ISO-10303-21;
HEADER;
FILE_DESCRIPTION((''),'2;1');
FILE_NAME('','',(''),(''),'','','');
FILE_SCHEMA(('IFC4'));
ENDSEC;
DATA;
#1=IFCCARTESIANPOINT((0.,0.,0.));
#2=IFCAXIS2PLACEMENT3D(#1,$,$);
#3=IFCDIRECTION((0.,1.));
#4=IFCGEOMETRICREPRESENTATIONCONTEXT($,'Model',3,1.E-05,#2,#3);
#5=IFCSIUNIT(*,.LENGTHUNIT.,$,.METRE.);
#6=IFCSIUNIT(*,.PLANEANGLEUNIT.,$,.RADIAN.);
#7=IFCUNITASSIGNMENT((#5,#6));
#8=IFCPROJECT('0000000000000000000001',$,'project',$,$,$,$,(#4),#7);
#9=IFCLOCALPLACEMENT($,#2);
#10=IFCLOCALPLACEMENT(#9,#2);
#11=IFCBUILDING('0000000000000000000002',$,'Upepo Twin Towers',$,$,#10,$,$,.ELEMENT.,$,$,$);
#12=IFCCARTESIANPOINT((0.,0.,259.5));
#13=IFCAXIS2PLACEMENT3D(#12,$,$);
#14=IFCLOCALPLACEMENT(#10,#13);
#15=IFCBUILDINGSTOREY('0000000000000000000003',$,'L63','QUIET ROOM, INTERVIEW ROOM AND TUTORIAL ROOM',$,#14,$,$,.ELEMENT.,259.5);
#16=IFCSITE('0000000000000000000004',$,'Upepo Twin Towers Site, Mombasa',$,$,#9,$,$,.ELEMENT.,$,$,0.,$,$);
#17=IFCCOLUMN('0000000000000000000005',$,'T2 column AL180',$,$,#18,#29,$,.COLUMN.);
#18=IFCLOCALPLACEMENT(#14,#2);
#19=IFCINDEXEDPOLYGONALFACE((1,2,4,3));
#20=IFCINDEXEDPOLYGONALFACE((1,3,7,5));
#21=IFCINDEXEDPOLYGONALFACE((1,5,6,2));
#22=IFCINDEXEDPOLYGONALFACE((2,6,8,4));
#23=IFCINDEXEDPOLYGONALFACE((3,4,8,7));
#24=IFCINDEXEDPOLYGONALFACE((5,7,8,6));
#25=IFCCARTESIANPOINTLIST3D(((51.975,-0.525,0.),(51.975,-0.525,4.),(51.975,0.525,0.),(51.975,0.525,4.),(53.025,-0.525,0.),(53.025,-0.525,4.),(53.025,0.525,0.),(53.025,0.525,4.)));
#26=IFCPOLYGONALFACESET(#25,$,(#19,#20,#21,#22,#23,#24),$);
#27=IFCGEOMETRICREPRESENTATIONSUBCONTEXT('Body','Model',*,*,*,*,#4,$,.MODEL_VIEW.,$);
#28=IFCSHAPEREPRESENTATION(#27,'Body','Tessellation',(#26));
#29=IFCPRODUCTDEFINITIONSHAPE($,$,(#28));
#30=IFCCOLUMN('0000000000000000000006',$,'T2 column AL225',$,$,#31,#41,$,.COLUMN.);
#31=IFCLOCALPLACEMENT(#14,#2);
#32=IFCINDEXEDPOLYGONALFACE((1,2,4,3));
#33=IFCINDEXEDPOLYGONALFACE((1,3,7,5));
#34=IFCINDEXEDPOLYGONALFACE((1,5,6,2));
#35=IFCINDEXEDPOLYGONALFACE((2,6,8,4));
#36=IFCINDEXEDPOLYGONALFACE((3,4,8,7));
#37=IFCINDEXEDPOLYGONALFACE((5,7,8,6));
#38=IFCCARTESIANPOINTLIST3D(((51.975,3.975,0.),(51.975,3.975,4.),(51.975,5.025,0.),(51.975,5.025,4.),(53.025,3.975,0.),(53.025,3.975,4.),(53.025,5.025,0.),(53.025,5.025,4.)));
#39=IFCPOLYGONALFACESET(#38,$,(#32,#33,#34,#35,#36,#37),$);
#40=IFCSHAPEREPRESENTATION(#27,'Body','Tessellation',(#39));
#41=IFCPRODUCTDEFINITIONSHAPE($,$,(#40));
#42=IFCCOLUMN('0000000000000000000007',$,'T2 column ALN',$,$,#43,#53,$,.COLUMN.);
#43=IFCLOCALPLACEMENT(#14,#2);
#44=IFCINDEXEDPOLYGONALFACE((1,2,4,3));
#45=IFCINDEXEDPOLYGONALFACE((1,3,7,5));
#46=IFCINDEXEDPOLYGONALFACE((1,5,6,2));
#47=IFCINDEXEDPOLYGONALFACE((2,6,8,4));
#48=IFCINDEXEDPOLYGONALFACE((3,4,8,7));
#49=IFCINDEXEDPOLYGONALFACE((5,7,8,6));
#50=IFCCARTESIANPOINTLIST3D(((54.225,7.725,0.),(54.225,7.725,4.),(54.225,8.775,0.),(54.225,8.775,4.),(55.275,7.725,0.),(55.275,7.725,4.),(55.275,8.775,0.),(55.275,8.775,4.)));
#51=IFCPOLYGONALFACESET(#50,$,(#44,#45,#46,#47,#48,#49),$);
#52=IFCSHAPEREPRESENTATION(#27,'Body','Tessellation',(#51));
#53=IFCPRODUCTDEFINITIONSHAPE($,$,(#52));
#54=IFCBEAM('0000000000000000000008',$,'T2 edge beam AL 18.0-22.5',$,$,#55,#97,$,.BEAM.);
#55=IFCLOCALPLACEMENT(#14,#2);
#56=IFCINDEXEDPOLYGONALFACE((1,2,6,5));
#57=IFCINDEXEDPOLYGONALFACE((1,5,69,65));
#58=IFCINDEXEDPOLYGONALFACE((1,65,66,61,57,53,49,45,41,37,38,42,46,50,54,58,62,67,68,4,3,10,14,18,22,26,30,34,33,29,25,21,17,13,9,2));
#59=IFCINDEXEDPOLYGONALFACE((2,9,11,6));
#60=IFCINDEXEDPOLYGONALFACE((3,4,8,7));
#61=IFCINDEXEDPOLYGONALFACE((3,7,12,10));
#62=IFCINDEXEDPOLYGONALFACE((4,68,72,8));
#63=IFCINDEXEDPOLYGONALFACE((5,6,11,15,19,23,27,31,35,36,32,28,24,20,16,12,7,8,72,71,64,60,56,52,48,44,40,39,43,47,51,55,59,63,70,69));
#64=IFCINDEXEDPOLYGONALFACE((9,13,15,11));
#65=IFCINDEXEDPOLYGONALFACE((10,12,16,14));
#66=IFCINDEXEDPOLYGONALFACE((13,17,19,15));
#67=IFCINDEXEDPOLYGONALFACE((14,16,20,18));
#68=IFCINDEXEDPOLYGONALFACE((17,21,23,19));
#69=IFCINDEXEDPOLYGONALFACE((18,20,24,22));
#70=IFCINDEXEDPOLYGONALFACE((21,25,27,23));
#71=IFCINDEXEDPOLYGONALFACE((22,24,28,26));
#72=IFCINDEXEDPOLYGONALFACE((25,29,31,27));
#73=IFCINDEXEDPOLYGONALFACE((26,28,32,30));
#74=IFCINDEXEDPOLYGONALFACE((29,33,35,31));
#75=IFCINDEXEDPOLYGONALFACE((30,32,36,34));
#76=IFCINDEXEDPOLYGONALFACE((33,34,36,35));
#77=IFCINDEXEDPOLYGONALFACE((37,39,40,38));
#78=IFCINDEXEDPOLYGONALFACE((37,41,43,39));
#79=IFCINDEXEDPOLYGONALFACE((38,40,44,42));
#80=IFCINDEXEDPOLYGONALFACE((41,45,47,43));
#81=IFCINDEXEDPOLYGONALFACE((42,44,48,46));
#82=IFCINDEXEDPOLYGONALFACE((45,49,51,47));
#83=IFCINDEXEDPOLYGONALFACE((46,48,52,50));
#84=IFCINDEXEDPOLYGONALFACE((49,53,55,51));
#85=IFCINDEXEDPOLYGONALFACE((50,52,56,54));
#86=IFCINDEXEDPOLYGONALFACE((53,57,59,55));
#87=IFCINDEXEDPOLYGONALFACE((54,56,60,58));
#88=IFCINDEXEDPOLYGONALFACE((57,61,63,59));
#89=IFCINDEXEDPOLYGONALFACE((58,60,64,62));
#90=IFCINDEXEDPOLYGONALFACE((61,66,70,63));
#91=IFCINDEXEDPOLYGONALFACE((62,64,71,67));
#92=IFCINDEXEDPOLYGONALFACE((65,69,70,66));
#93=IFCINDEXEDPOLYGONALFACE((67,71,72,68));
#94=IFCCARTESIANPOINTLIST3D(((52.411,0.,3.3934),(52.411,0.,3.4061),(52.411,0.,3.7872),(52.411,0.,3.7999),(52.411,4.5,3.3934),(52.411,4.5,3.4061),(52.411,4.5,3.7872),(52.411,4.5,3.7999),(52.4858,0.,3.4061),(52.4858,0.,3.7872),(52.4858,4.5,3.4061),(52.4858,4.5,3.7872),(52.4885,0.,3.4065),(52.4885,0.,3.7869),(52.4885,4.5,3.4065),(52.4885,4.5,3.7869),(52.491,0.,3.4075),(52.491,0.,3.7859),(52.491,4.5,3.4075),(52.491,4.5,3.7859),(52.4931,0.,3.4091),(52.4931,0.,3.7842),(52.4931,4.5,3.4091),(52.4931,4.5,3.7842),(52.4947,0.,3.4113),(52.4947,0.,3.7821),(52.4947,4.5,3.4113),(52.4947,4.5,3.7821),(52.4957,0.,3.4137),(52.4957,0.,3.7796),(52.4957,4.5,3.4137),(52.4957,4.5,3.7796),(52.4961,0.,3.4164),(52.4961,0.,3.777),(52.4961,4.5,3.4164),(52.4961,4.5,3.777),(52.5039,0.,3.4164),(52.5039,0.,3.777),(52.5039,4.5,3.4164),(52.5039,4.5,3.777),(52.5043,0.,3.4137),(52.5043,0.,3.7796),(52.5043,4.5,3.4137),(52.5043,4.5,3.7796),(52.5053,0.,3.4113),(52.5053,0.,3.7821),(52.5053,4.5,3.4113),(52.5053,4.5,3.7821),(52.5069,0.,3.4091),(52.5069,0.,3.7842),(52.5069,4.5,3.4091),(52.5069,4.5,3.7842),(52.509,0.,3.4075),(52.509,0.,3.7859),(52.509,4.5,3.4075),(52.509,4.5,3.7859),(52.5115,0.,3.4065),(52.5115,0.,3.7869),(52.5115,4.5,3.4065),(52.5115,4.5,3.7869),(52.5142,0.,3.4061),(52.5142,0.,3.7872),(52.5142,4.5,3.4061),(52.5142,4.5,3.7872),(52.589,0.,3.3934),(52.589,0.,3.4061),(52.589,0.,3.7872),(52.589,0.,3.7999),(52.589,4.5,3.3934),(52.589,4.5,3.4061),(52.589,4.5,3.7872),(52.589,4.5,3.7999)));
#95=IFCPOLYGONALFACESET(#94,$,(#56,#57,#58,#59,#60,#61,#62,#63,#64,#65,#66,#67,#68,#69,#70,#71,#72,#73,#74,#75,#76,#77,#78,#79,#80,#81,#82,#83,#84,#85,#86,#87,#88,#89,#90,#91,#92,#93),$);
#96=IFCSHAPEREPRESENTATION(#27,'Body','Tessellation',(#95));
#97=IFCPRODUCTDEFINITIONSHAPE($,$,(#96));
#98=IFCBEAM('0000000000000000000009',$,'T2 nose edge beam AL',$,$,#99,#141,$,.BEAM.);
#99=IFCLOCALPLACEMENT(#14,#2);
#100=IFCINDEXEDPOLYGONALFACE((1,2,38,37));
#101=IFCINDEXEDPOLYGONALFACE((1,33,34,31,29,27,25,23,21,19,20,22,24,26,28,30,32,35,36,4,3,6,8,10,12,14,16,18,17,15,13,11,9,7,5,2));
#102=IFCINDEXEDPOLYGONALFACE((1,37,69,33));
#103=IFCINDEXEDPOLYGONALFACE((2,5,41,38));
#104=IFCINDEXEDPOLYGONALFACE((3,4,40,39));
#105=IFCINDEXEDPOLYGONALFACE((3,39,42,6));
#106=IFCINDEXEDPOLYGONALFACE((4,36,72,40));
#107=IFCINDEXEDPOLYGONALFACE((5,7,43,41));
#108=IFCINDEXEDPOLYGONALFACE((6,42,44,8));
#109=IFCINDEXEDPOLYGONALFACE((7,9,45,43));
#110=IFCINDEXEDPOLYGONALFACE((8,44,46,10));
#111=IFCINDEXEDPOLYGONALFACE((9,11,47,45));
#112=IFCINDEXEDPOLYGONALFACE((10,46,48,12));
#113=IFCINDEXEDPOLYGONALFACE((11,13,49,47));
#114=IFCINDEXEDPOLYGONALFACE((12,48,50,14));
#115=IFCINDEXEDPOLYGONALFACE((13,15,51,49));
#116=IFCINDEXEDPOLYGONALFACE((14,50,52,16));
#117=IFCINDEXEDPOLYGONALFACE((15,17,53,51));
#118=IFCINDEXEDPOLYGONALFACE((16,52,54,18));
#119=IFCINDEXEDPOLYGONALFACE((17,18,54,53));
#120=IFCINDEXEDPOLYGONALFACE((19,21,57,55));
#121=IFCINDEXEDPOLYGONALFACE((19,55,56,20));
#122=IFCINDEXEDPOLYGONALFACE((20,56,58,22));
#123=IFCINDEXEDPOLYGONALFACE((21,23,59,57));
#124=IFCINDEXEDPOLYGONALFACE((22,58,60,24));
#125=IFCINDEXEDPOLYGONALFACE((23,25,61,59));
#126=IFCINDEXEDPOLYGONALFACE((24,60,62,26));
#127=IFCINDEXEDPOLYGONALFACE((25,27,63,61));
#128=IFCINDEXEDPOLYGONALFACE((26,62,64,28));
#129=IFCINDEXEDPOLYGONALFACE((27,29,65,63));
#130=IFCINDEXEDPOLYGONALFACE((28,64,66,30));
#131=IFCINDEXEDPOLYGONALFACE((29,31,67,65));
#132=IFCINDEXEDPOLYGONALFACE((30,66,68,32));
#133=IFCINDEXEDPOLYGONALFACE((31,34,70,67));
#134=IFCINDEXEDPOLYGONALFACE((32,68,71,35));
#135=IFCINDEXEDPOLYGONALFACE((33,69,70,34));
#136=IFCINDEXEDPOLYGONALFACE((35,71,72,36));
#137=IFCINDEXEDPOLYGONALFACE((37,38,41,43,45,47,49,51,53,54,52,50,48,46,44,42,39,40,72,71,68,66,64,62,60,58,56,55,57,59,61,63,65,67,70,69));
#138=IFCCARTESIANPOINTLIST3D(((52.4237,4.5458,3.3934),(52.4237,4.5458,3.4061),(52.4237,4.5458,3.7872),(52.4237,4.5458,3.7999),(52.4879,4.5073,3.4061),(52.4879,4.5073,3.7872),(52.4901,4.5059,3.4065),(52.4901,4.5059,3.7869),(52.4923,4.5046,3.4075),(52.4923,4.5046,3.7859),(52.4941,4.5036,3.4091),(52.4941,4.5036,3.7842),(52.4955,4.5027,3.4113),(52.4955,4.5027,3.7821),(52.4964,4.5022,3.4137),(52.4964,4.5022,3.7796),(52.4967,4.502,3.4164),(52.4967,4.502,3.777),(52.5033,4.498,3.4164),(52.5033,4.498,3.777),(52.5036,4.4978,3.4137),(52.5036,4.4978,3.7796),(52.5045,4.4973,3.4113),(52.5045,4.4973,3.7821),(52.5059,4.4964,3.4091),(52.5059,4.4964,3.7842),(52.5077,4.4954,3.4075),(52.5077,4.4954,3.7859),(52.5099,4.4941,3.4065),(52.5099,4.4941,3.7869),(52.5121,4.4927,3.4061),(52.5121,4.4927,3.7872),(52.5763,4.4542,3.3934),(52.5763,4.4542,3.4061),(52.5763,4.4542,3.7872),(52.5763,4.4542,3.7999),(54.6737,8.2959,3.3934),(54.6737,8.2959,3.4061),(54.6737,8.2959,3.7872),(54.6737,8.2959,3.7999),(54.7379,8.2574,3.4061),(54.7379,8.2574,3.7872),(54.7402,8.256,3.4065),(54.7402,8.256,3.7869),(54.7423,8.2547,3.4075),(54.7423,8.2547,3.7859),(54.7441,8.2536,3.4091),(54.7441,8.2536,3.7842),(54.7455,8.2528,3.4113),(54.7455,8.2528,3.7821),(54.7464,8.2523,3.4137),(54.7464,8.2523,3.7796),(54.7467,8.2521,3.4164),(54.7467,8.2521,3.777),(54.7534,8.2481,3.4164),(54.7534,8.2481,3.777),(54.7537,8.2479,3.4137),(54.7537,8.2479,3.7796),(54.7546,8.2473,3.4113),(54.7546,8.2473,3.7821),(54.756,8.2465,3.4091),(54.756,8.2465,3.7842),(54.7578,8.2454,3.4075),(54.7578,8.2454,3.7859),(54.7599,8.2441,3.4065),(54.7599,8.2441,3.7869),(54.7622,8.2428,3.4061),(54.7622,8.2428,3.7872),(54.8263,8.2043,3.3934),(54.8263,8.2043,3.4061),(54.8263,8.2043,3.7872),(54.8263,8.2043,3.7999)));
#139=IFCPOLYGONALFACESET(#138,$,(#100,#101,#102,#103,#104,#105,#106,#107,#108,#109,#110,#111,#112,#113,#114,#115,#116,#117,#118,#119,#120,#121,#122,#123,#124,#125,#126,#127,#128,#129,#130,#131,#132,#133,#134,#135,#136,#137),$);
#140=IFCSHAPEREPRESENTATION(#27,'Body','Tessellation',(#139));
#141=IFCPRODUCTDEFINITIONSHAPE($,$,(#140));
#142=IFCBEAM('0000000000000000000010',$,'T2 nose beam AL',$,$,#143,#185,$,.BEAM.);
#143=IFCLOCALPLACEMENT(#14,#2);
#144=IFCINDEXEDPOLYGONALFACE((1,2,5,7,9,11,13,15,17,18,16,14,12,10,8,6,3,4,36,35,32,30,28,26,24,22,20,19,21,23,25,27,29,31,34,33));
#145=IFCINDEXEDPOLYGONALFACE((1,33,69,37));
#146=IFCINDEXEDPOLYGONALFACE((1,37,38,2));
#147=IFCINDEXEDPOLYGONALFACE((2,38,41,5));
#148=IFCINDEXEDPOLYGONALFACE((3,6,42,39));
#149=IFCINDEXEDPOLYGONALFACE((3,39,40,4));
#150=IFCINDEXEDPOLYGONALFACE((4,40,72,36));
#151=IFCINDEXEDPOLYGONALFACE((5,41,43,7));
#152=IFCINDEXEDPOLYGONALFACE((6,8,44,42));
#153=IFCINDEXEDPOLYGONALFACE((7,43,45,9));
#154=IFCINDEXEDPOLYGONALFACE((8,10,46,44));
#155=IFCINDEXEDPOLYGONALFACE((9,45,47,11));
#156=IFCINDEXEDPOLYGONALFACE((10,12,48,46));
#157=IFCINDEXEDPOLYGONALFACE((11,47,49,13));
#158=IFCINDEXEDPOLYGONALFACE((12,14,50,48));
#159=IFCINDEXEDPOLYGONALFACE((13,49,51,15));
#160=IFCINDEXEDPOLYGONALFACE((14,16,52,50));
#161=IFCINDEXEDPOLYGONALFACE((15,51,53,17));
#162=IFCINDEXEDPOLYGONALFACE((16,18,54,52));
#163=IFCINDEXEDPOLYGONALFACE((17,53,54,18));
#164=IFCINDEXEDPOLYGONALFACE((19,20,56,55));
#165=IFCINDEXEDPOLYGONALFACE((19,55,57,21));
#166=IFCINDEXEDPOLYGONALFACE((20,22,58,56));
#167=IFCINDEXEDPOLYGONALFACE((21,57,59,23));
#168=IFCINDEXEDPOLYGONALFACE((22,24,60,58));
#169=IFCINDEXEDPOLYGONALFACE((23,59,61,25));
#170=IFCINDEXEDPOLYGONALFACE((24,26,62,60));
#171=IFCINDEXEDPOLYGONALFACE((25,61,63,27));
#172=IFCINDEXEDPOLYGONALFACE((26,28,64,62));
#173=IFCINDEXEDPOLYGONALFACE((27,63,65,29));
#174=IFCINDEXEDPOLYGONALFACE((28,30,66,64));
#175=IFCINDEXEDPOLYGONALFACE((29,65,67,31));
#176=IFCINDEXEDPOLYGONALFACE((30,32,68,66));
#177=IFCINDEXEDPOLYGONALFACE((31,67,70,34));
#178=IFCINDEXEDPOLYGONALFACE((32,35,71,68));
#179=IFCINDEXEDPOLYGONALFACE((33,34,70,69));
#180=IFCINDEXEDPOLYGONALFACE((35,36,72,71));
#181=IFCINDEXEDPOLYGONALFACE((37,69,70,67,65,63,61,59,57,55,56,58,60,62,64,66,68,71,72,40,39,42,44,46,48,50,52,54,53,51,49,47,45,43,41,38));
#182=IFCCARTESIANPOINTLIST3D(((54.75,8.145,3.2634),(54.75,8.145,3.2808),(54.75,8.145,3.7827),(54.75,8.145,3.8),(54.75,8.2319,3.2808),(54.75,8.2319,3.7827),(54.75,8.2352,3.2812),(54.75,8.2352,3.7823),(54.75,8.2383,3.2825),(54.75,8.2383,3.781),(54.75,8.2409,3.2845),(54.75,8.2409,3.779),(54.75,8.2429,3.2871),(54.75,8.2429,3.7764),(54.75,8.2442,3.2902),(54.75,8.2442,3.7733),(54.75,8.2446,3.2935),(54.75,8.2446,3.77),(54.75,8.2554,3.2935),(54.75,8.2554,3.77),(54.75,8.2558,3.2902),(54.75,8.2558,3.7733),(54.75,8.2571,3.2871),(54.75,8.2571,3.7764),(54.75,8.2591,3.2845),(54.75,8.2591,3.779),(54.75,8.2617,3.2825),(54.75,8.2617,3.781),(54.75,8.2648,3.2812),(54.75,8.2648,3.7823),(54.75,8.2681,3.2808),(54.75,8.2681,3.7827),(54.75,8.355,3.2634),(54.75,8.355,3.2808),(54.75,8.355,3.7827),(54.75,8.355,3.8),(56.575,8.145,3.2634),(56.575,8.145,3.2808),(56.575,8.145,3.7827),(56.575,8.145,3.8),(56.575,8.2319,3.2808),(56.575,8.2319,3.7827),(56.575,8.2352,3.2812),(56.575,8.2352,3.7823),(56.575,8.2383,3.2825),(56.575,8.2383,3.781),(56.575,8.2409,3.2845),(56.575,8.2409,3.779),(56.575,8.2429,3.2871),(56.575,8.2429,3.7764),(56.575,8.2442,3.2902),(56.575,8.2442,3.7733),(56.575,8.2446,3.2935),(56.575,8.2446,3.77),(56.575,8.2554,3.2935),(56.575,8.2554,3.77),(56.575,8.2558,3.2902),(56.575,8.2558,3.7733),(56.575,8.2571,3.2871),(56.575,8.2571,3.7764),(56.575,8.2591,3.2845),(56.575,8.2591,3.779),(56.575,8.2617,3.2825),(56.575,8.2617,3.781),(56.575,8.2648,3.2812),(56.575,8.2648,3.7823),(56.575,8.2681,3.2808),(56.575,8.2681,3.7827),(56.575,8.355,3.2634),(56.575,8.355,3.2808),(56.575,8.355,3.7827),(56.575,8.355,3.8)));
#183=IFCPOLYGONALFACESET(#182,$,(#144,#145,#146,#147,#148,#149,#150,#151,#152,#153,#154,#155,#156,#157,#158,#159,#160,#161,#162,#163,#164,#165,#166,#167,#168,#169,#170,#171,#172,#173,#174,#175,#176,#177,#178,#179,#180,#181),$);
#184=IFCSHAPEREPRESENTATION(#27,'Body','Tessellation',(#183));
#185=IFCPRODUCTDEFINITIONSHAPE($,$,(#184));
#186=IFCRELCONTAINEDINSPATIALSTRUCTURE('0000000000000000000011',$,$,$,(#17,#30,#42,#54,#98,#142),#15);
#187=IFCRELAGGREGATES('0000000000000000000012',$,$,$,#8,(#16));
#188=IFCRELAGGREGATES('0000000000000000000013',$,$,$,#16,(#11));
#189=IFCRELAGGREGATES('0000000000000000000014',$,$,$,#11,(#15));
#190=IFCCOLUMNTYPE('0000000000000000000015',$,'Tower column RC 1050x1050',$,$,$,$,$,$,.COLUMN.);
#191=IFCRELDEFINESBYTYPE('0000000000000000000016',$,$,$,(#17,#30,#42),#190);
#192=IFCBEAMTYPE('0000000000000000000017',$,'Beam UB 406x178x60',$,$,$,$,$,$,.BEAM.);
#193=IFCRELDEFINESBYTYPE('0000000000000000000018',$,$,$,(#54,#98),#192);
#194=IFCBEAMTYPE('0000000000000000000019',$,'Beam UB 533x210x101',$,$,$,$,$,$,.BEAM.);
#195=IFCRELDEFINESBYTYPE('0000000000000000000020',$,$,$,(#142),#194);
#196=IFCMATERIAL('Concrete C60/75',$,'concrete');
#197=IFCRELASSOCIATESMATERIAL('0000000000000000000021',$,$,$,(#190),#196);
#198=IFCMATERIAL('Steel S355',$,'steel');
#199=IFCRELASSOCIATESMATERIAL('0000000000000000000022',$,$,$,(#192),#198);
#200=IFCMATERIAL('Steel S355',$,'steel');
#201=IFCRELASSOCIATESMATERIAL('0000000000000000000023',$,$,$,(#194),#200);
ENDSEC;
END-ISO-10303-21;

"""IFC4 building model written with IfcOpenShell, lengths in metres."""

from ifc_helpers import new_model, si_unit, direction, frame, origin, origin_2d, place, context, subcontext, project, spatial, rectangle, i_section, extrude, material, material_profile, profile_set, type_object, element, save


model = new_model("IFC4")

# Units and contexts
model_context = context("Model", 3, precision=1e-05, world=origin(), true_north=direction((0.0, 1.0)))
body_context = subcontext(model_context, "Body", "Model", "MODEL_VIEW")
ifc_project = project(units=[si_unit("LENGTHUNIT", "METRE"), si_unit("PLANEANGLEUNIT", "RADIAN")], contexts=[model_context])

# Site, building, storey
site_placement = place(None, origin())
site = spatial("IfcSite", under=ifc_project, at=site_placement, Name="Upepo Twin Towers Site, Mombasa", CompositionType="ELEMENT", RefElevation=0.0)
building_placement = place(site_placement, origin())
building = spatial("IfcBuilding", under=site, at=building_placement, Name="Upepo Twin Towers", CompositionType="ELEMENT")
storey_placement = place(building_placement, frame((0.0, 0.0, 259.5)))
storey = spatial("IfcBuildingStorey", under=building, at=storey_placement, Name="L63", Description="QUIET ROOM, INTERVIEW ROOM AND TUTORIAL ROOM", CompositionType="ELEMENT", Elevation=259.5)

# Columns
ifc_material_1 = material(Name="Concrete C60/75", Category="concrete")
ifc_material_profile_1 = material_profile(ifc_material_1, rectangle(XDim=1.05, YDim=1.05, at=origin_2d()), Name="RC 1050x1050")
ifc_profile_set_1 = profile_set([ifc_material_profile_1], Name="Concrete C60/75")
column_type = type_object("IfcColumnType", Name="Tower column RC 1050x1050", PredefinedType="COLUMN", material=ifc_profile_set_1)
for number, where, z_axis, x_axis, name in (
    (1, (52.5, 0.0, 0.0), (0.0, 0.0, 1.0), (1.0, 0.0, 0.0), "T2 column AL180"),
    (2, (52.5, 4.5, 0.0), (0.0, 0.0, 1.0), (1.0, 0.0, 0.0), "T2 column AL225"),
    (3, (54.75, 8.25, 0.0), (0.0, 0.0, 1.0), (1.0, 0.0, 0.0), "T2 column ALN"),
):
    element("IfcColumn", number, at=place(storey_placement, frame(where, z_axis=z_axis, x_axis=x_axis)), inside=storey, type_object=column_type, Name=name, PredefinedType="COLUMN", context=body_context, shape_type="SweptSolid", body=[
        extrude(rectangle(XDim=1.05, YDim=1.05, at=origin_2d()), origin(), (0.0, 0.0, 1.0), 4.0),
    ])

# Beams
ifc_material_2 = material(Name="Steel S355", Category="steel")
ifc_material_profile_2 = material_profile(ifc_material_2, i_section(OverallWidth=0.178, OverallDepth=0.4065, WebThickness=0.0078, FlangeThickness=0.0127, FilletRadius=0.0103, at=origin_2d()), Name="UB 406x178x60")
ifc_profile_set_2 = profile_set([ifc_material_profile_2], Name="Steel S355")
beam_type_1 = type_object("IfcBeamType", Name="Beam UB 406x178x60", PredefinedType="BEAM", material=ifc_profile_set_2)
beam_1_placement = place(storey_placement, frame((52.5, 0.0, 3.5967), z_axis=(0.0, 1.0, 0.0), x_axis=(-1.0, 0.0, 0.0)))
element("IfcBeam", 4, at=beam_1_placement, inside=storey, type_object=beam_type_1, Name="T2 edge beam AL 18.0-22.5", PredefinedType="BEAM", context=body_context, shape_type="SweptSolid", body=[
    extrude(i_section(OverallWidth=0.178, OverallDepth=0.4065, WebThickness=0.0078, FlangeThickness=0.0127, FilletRadius=0.0103, at=origin_2d()), origin(), (0.0, 0.0, 1.0), 4.5),
])
beam_2_placement = place(storey_placement, frame((52.5, 4.5, 3.5967), z_axis=(0.514496, 0.857493, 0.0), x_axis=(-0.857493, 0.514496, 0.0)))
element("IfcBeam", 5, at=beam_2_placement, inside=storey, type_object=beam_type_1, Name="T2 nose edge beam AL", PredefinedType="BEAM", context=body_context, shape_type="SweptSolid", body=[
    extrude(i_section(OverallWidth=0.178, OverallDepth=0.4065, WebThickness=0.0078, FlangeThickness=0.0127, FilletRadius=0.0103, at=origin_2d()), origin(), (0.0, 0.0, 1.0), 4.3733),
])
ifc_material_3 = material(Name="Steel S355", Category="steel")
ifc_material_profile_3 = material_profile(ifc_material_3, i_section(OverallWidth=0.21, OverallDepth=0.5366, WebThickness=0.0107, FlangeThickness=0.0173, FilletRadius=0.0127, at=origin_2d()), Name="UB 533x210x101")
ifc_profile_set_3 = profile_set([ifc_material_profile_3], Name="Steel S355")
beam_type_2 = type_object("IfcBeamType", Name="Beam UB 533x210x101", PredefinedType="BEAM", material=ifc_profile_set_3)
beam_3_placement = place(storey_placement, frame((54.75, 8.25, 3.5317), z_axis=(1.0, 0.0, 0.0), x_axis=(0.0, 1.0, 0.0)))
element("IfcBeam", 6, at=beam_3_placement, inside=storey, type_object=beam_type_2, Name="T2 nose beam AL", PredefinedType="BEAM", context=body_context, shape_type="SweptSolid", body=[
    extrude(i_section(OverallWidth=0.21, OverallDepth=0.5366, WebThickness=0.0107, FlangeThickness=0.0173, FilletRadius=0.0127, at=origin_2d()), origin(), (0.0, 0.0, 1.0), 1.825),
])

save(model, "model.ifc")
